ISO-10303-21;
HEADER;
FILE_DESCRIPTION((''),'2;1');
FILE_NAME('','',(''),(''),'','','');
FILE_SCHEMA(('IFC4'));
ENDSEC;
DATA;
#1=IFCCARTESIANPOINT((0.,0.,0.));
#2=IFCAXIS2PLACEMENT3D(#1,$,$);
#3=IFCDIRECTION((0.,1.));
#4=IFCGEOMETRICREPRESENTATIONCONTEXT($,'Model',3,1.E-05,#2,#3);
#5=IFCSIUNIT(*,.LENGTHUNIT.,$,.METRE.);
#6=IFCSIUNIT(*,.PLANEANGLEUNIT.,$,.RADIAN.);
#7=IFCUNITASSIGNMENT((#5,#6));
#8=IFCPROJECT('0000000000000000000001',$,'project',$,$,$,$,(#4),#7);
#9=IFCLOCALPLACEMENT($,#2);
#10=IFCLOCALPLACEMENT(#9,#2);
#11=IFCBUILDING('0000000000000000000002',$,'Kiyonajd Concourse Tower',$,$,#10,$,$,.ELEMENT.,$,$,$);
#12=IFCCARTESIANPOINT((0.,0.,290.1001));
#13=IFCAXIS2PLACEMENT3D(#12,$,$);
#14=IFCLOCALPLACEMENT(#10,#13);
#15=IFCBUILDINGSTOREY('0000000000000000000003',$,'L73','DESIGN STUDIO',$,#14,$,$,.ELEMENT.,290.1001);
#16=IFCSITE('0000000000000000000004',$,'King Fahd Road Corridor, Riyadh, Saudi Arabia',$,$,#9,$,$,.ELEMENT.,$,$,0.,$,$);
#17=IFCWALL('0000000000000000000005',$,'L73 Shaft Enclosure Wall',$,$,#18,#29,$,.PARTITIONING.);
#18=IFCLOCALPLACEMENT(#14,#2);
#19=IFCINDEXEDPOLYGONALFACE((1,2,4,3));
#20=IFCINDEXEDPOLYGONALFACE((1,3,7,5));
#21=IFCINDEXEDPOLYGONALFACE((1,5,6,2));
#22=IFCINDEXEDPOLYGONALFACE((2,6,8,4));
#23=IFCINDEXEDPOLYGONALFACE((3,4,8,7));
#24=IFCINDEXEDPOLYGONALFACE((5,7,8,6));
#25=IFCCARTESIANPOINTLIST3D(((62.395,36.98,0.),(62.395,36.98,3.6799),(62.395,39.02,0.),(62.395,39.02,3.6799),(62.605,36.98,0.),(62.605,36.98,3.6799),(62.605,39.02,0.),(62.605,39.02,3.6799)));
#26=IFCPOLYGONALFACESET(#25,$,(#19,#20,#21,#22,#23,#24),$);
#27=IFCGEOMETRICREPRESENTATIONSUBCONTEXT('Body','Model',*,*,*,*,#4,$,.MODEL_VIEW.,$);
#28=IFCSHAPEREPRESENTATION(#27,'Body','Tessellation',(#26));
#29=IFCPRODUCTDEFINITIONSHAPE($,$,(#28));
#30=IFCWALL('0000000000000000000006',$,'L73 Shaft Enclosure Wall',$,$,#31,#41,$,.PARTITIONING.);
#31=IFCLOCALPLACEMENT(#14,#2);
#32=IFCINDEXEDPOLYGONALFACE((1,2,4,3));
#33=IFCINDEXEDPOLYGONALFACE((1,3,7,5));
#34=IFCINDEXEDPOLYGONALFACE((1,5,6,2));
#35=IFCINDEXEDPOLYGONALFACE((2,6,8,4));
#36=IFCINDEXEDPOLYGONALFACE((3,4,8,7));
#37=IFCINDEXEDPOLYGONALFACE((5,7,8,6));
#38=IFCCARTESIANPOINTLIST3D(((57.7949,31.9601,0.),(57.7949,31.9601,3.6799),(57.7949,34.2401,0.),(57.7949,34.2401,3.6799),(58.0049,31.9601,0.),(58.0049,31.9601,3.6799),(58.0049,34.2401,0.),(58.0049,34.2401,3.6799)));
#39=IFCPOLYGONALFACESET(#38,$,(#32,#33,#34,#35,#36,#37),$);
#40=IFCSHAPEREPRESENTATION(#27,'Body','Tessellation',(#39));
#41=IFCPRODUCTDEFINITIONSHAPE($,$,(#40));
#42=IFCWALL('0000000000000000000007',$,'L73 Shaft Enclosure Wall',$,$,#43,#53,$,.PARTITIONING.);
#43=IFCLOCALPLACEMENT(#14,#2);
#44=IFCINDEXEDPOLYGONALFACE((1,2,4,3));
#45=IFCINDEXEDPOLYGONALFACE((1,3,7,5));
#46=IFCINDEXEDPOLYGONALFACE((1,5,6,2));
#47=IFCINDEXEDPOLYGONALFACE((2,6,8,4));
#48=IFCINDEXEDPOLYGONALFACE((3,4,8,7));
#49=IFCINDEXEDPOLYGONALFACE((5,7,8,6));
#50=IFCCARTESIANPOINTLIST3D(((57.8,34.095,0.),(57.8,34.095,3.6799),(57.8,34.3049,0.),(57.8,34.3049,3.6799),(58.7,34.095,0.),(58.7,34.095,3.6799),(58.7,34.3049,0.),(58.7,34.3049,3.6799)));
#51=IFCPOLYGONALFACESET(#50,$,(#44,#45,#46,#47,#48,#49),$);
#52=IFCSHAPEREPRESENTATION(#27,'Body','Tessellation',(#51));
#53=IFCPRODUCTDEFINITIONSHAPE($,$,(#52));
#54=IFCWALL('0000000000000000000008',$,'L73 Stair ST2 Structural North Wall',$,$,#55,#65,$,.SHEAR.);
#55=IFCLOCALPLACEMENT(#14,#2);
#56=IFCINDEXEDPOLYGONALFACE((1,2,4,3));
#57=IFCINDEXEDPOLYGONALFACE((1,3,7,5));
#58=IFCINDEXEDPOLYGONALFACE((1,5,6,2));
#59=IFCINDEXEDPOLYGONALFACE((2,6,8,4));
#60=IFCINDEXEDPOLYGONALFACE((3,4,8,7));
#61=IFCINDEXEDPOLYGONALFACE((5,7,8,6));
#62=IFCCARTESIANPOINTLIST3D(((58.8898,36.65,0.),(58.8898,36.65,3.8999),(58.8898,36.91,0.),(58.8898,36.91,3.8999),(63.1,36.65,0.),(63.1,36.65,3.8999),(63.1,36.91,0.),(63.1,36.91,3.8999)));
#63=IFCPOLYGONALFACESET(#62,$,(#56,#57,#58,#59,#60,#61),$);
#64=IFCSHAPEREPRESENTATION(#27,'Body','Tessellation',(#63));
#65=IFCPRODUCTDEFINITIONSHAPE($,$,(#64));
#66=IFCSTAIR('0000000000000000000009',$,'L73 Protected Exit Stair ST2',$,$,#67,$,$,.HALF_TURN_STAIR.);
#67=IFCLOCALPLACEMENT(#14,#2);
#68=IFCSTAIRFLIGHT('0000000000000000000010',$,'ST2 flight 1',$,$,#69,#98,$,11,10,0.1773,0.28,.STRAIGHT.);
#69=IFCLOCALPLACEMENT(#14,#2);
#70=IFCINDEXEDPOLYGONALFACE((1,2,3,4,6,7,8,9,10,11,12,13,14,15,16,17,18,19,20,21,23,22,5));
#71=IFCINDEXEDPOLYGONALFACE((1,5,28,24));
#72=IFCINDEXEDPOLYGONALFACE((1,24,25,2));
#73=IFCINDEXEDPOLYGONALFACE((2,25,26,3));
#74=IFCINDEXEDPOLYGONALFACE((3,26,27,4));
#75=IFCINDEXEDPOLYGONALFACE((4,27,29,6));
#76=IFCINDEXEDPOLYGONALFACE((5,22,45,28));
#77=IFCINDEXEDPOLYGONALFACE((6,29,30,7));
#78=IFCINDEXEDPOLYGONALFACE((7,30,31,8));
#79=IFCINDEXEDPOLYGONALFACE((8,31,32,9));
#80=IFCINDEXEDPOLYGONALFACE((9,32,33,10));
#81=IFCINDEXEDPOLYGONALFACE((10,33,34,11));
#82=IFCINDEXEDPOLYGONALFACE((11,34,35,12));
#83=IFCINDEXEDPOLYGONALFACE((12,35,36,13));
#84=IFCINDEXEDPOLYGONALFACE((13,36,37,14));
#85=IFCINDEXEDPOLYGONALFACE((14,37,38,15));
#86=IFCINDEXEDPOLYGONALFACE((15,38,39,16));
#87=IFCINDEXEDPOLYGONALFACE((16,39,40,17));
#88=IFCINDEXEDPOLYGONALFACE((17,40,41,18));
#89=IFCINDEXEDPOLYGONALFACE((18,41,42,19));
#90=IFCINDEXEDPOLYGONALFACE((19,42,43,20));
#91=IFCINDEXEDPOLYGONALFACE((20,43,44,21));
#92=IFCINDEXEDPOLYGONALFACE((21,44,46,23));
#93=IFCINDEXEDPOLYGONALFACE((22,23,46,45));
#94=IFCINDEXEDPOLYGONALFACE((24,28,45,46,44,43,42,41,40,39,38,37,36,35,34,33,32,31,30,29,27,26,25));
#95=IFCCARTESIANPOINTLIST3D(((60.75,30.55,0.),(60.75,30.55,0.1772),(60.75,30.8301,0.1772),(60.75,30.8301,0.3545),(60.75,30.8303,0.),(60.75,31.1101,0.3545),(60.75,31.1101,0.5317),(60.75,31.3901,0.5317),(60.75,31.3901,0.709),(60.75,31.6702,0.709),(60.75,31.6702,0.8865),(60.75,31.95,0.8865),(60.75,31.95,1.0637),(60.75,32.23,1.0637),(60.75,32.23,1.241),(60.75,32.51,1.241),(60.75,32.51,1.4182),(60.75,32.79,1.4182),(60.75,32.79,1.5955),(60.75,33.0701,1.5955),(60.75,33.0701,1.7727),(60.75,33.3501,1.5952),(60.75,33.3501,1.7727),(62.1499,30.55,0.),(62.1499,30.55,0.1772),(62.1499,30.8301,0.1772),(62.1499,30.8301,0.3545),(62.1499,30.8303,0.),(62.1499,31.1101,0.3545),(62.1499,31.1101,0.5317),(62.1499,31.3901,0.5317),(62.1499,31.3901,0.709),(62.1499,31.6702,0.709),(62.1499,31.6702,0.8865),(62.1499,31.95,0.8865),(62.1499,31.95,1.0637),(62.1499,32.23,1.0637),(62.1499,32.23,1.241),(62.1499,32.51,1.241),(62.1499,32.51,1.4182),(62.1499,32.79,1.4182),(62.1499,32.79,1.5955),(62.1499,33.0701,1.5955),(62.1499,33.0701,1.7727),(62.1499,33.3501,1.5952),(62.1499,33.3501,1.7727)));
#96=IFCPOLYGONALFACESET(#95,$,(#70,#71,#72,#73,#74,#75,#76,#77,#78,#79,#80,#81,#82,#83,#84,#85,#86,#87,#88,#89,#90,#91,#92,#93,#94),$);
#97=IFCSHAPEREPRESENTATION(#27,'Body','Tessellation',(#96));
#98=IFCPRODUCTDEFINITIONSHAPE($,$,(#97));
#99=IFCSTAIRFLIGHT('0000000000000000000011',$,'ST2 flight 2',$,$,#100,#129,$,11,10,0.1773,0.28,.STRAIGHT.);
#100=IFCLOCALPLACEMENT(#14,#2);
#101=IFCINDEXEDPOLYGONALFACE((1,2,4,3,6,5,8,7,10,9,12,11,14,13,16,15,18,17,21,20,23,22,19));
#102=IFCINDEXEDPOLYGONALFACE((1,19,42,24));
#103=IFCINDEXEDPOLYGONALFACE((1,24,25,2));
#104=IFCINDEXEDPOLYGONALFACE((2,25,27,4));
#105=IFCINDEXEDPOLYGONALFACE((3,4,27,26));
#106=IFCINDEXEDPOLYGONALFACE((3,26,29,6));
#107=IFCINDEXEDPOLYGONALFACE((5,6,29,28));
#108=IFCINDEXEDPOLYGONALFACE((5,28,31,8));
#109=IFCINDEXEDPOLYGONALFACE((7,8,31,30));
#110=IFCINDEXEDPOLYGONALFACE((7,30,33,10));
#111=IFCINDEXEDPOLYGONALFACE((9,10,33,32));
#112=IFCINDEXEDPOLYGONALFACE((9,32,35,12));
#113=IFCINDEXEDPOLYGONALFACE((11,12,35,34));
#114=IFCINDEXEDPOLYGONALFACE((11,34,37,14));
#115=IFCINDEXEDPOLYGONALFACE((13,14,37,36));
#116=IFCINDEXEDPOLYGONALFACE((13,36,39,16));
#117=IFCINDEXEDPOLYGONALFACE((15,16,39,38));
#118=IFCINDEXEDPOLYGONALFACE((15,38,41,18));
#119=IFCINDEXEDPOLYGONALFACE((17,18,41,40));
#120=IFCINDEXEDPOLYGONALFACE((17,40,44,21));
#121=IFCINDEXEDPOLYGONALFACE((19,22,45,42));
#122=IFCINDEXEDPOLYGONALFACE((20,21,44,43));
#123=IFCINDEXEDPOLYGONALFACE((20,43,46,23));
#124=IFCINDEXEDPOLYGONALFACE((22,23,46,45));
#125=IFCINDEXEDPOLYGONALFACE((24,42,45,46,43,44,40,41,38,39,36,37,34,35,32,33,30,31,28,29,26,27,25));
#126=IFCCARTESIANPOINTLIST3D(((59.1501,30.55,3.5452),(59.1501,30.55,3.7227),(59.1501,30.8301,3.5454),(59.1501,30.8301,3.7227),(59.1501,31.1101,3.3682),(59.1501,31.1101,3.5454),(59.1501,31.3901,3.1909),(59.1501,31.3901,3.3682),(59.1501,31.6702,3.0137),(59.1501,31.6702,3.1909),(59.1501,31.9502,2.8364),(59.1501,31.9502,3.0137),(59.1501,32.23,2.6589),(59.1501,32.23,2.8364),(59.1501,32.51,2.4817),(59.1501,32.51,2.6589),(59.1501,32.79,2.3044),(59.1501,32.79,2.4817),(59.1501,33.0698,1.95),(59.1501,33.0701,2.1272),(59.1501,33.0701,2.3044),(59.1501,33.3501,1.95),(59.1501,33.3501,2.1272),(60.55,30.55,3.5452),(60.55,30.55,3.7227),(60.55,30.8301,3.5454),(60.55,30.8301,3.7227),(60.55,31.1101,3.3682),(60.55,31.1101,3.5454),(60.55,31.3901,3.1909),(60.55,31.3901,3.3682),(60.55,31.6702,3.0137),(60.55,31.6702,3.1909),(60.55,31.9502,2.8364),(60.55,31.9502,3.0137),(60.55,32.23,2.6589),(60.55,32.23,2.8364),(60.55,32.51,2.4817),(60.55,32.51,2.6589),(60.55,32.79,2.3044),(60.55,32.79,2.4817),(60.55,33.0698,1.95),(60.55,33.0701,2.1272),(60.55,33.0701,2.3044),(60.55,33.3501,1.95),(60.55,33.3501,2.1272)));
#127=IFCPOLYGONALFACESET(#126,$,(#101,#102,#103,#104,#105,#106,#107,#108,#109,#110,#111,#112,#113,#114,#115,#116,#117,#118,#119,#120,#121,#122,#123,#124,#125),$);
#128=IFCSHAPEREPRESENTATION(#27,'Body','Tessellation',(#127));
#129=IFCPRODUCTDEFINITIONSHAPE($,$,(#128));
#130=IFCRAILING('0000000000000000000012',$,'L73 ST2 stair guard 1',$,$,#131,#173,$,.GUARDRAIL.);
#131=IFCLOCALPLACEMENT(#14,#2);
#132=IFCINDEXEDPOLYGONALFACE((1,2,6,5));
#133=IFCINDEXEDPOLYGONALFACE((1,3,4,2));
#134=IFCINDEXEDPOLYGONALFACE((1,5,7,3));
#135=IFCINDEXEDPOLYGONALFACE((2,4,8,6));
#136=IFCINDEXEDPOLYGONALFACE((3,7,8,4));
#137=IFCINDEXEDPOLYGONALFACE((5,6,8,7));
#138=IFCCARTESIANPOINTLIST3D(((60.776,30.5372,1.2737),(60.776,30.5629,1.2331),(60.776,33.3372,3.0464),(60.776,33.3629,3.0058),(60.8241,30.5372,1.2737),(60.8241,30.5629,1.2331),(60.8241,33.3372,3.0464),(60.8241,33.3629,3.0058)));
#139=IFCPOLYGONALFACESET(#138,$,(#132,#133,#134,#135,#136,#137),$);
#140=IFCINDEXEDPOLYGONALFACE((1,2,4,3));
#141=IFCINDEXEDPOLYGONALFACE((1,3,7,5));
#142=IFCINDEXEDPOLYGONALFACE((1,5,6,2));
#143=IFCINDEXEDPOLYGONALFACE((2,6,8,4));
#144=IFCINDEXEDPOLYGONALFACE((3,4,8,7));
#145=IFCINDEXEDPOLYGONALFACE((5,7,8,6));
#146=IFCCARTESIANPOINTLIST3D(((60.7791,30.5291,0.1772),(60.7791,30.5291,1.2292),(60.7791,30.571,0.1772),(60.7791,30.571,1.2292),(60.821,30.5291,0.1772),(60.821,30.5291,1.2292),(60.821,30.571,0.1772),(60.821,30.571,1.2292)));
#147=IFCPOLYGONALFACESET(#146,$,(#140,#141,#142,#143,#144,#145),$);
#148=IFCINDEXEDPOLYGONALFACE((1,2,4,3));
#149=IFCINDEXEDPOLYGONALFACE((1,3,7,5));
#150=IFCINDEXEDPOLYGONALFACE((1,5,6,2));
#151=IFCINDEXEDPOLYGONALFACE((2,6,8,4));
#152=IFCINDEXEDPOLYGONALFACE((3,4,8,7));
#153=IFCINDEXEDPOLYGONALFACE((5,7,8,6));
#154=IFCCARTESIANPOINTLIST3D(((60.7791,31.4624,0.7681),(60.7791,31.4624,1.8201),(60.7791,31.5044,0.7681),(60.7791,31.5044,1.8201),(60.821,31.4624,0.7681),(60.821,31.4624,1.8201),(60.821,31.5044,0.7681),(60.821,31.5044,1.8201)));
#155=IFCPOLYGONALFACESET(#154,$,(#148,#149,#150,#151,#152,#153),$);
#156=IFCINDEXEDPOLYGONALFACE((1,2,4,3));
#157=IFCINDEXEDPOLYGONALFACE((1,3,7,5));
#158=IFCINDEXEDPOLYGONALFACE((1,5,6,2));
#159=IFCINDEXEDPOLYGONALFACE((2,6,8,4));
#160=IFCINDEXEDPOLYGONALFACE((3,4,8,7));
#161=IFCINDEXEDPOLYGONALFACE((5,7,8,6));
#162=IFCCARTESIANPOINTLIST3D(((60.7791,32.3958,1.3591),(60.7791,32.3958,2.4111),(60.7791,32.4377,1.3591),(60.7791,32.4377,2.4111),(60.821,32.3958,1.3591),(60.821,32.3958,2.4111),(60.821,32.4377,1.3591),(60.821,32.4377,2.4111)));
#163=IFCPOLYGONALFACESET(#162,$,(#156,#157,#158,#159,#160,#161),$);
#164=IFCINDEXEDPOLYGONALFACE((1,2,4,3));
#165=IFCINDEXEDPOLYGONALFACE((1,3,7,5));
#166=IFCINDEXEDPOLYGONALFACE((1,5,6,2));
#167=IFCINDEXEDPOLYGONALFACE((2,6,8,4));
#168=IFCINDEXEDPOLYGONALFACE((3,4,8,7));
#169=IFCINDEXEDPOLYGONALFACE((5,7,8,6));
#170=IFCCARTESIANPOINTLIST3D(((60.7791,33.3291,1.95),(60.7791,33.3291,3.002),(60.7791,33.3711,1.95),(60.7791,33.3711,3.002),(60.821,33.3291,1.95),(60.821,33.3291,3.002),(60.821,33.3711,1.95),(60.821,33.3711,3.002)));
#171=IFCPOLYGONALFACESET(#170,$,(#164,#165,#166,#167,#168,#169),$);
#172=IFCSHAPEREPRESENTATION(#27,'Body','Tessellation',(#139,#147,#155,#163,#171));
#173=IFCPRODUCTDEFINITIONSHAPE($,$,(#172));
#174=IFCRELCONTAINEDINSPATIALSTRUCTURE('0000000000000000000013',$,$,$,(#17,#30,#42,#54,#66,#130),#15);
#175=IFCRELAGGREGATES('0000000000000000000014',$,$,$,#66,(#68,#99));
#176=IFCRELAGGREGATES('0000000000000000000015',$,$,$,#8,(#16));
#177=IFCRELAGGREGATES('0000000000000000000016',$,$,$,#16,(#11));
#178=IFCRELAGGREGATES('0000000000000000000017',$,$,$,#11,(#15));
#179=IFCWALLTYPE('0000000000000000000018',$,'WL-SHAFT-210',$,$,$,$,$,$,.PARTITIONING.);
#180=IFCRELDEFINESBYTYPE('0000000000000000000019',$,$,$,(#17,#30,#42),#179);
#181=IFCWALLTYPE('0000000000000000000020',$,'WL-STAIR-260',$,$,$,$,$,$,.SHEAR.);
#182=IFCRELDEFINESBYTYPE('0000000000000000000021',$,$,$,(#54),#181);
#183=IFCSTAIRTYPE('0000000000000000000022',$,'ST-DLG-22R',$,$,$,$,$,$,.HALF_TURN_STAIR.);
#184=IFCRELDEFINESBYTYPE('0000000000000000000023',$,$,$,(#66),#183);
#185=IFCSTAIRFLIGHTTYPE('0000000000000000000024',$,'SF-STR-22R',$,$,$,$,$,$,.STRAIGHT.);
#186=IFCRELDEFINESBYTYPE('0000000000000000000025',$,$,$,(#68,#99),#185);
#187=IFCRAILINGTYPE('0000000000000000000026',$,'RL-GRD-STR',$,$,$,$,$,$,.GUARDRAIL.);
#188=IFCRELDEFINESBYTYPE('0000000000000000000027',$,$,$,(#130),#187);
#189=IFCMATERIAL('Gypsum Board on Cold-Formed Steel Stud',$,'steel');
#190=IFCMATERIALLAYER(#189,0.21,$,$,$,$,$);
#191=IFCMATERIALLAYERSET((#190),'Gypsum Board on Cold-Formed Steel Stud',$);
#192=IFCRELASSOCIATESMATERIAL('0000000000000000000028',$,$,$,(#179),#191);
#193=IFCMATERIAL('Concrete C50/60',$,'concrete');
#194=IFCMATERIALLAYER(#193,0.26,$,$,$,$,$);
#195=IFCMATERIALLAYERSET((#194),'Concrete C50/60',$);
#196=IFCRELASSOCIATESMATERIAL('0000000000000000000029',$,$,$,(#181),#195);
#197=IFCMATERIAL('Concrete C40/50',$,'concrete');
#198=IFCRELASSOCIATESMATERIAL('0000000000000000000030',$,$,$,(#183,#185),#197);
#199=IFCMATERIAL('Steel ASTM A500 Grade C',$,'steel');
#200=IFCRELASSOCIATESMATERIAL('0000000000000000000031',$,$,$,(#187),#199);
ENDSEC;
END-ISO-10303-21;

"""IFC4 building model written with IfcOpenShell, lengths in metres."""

from ifc_helpers import new_model, si_unit, direction, frame, frame_2d, origin, origin_2d, place, context, subcontext, project, spatial, polyline, rectangle, outline, extrude, material, layer, layer_set, type_object, element, aggregate, save


model = new_model("IFC4")

# Units and contexts
model_context = context("Model", 3, precision=1e-05, world=origin(), true_north=direction((0.0, 1.0)))
body_context = subcontext(model_context, "Body", "Model", "MODEL_VIEW")
ifc_project = project(units=[si_unit("LENGTHUNIT", "METRE"), si_unit("PLANEANGLEUNIT", "RADIAN")], contexts=[model_context])

# Site, building, storey
site_placement = place(None, origin())
site = spatial("IfcSite", under=ifc_project, at=site_placement, Name="King Fahd Road Corridor, Riyadh, Saudi Arabia", CompositionType="ELEMENT", RefElevation=0.0)
building_placement = place(site_placement, origin())
building = spatial("IfcBuilding", under=site, at=building_placement, Name="Kiyonajd Concourse Tower", CompositionType="ELEMENT")
storey_placement = place(building_placement, frame((0.0, 0.0, 290.1001)))
storey = spatial("IfcBuildingStorey", under=building, at=storey_placement, Name="L73", Description="DESIGN STUDIO", CompositionType="ELEMENT", Elevation=290.1001)

# Shared definitions
ifc_material_1 = material(Name="Concrete C50/60", Category="concrete")

# Walls
ifc_material_2 = material(Name="Gypsum Board on Cold-Formed Steel Stud", Category="steel")
ifc_layer_1 = layer(ifc_material_2, 0.21)
ifc_layer_set_1 = layer_set([ifc_layer_1], Name="Gypsum Board on Cold-Formed Steel Stud")
wall_type_1 = type_object("IfcWallType", Name="WL-SHAFT-210", PredefinedType="PARTITIONING", material=ifc_layer_set_1)
wall_1_placement = place(storey_placement, frame((62.5, 36.98, 0.0), z_axis=(0.0, 0.0, 1.0), x_axis=(0.0, 1.0, 0.0)))
element("IfcWall", 1, at=wall_1_placement, inside=storey, type_object=wall_type_1, Name="L73 Shaft Enclosure Wall", PredefinedType="PARTITIONING", context=body_context, shape_type="SweptSolid", body=[
    extrude(rectangle(XDim=2.04, YDim=0.21, at=frame_2d((1.02, 0.0))), origin(), (0.0, 0.0, 1.0), 3.6799),
])
wall_2_placement = place(storey_placement, frame((57.8999, 31.96, 0.0), z_axis=(0.0, 0.0, 1.0), x_axis=(0.0, 1.0, 0.0)))
element("IfcWall", 2, at=wall_2_placement, inside=storey, type_object=wall_type_1, Name="L73 Shaft Enclosure Wall", PredefinedType="PARTITIONING", context=body_context, shape_type="SweptSolid", body=[
    extrude(rectangle(XDim=2.28, YDim=0.21, at=frame_2d((1.1401, 0.0))), origin(), (0.0, 0.0, 1.0), 3.6799),
])
wall_3_placement = place(storey_placement, frame((57.8, 34.2, 0.0), z_axis=(0.0, 0.0, 1.0), x_axis=(1.0, 0.0, 0.0)))
element("IfcWall", 3, at=wall_3_placement, inside=storey, type_object=wall_type_1, Name="L73 Shaft Enclosure Wall", PredefinedType="PARTITIONING", context=body_context, shape_type="SweptSolid", body=[
    extrude(rectangle(XDim=0.8999, YDim=0.21, at=frame_2d((0.45, 0.0))), origin(), (0.0, 0.0, 1.0), 3.6799),
])
ifc_layer_2 = layer(ifc_material_1, 0.26)
ifc_layer_set_2 = layer_set([ifc_layer_2], Name="Concrete C50/60")
wall_type_2 = type_object("IfcWallType", Name="WL-STAIR-260", PredefinedType="SHEAR", material=ifc_layer_set_2)
wall_4_placement = place(storey_placement, frame((58.8899, 36.78, 0.0), z_axis=(0.0, 0.0, 1.0), x_axis=(1.0, 0.0, 0.0)))
element("IfcWall", 4, at=wall_4_placement, inside=storey, type_object=wall_type_2, Name="L73 Stair ST2 Structural North Wall", PredefinedType="SHEAR", context=body_context, shape_type="SweptSolid", body=[
    extrude(rectangle(XDim=4.2102, YDim=0.26, at=frame_2d((2.105, 0.0))), origin(), (0.0, 0.0, 1.0), 3.8999),
])

# Stair, stair flights
ifc_material_3 = material(Name="Concrete C40/50", Category="concrete")
stair_type = type_object("IfcStairType", Name="ST-DLG-22R", PredefinedType="HALF_TURN_STAIR", material=ifc_material_3)
stair_placement = place(storey_placement, origin())
stair = element("IfcStair", 5, at=stair_placement, inside=storey, type_object=stair_type, Name="L73 Protected Exit Stair ST2", PredefinedType="HALF_TURN_STAIR")
stair_flight_type = type_object("IfcStairFlightType", Name="SF-STR-22R", PredefinedType="STRAIGHT", material=ifc_material_3)
stair_flight_1_placement = place(storey_placement, frame((61.45, 30.55, 0.0), z_axis=(0.0, 0.0, 1.0), x_axis=(0.0, 1.0, 0.0)))
stair_flight_1 = element("IfcStairFlight", 6, at=stair_flight_1_placement, type_object=stair_flight_type, Name="ST2 flight 1", NumberOfRisers=11, NumberOfTreads=10, PredefinedType="STRAIGHT", RiserHeight=0.1773, TreadLength=0.28, context=body_context, shape_type="SweptSolid", body=[
    extrude(outline(polyline([(0.0, 0.0), (0.0, 0.1772), (0.28, 0.1772), (0.28, 0.3545), (0.5601, 0.3545), (0.5601, 0.5317), (0.8401, 0.5317), (0.8401, 0.709), (1.1201, 0.709), (1.1201, 0.8865), (1.3999, 0.8865), (1.3999, 1.0637), (1.6799, 1.0637), (1.6799, 1.241), (1.96, 1.241), (1.96, 1.4182), (2.24, 1.4182), (2.24, 1.5955), (2.52, 1.5955), (2.52, 1.7727), (2.8, 1.7727), (2.8, 1.95), (2.8, 1.5952), (0.2803, 0.0), (0.0, 0.0)])), frame((0.0, 0.7, 0.0), z_axis=(0.0, -1.0, 0.0), x_axis=(1.0, 0.0, 0.0)), (0.0, 0.0, 1.0), 1.3999),
])
stair_flight_2_placement = place(storey_placement, frame((59.8501, 33.3501, 1.95), z_axis=(0.0, 0.0, 1.0), x_axis=(0.0, -1.0, 0.0)))
stair_flight_2 = element("IfcStairFlight", 7, at=stair_flight_2_placement, type_object=stair_flight_type, Name="ST2 flight 2", NumberOfRisers=11, NumberOfTreads=10, PredefinedType="STRAIGHT", RiserHeight=0.1773, TreadLength=0.28, context=body_context, shape_type="SweptSolid", body=[
    extrude(outline(polyline([(0.0, 0.0), (0.0, 0.1772), (0.28, 0.1772), (0.28, 0.3545), (0.5601, 0.3545), (0.5601, 0.5317), (0.8401, 0.5317), (0.8401, 0.709), (1.1201, 0.709), (1.1201, 0.8865), (1.3999, 0.8865), (1.3999, 1.0637), (1.6799, 1.0637), (1.6799, 1.241), (1.96, 1.241), (1.96, 1.4182), (2.24, 1.4182), (2.24, 1.5955), (2.52, 1.5955), (2.52, 1.7727), (2.8, 1.7727), (2.8, 1.95), (2.8, 1.5952), (0.2803, 0.0), (0.0, 0.0)])), frame((0.0, 0.7, 0.0), z_axis=(0.0, -1.0, 0.0), x_axis=(1.0, 0.0, 0.0)), (0.0, 0.0, 1.0), 1.3999),
])
aggregate(stair, [stair_flight_1, stair_flight_2])

# Railing
ifc_material_4 = material(Name="Steel ASTM A500 Grade C", Category="steel")
railing_type_1 = type_object("IfcRailingType", Name="RL-GRD-STR", PredefinedType="GUARDRAIL", material=ifc_material_4)
railing_1_placement = place(storey_placement, frame((60.8, 30.55, 0.1772)))
element("IfcRailing", 8, at=railing_1_placement, inside=storey, type_object=railing_type_1, Name="L73 ST2 stair guard 1", PredefinedType="GUARDRAIL", context=body_context, shape_type="SweptSolid", body=[
    extrude(rectangle(XDim=0.0481, YDim=0.0481, at=origin_2d()), frame((0.0, 0.0, 1.0762), z_axis=(0.0, 0.844909, 0.53491), x_axis=(-1.0, 0.0, 0.0)), (0.0, 0.0, 1.0), 3.314),
    extrude(rectangle(XDim=0.042, YDim=0.042, at=origin_2d()), origin(), (0.0, 0.0, 1.0), 1.052),
    extrude(rectangle(XDim=0.042, YDim=0.042, at=origin_2d()), frame((0.0, 0.9333, 0.5908)), (0.0, 0.0, 1.0), 1.052),
    extrude(rectangle(XDim=0.042, YDim=0.042, at=origin_2d()), frame((0.0, 1.8667, 1.1819)), (0.0, 0.0, 1.0), 1.052),
    extrude(rectangle(XDim=0.042, YDim=0.042, at=origin_2d()), frame((0.0, 2.8, 1.7727)), (0.0, 0.0, 1.0), 1.052),
])

save(model, "model.ifc")
